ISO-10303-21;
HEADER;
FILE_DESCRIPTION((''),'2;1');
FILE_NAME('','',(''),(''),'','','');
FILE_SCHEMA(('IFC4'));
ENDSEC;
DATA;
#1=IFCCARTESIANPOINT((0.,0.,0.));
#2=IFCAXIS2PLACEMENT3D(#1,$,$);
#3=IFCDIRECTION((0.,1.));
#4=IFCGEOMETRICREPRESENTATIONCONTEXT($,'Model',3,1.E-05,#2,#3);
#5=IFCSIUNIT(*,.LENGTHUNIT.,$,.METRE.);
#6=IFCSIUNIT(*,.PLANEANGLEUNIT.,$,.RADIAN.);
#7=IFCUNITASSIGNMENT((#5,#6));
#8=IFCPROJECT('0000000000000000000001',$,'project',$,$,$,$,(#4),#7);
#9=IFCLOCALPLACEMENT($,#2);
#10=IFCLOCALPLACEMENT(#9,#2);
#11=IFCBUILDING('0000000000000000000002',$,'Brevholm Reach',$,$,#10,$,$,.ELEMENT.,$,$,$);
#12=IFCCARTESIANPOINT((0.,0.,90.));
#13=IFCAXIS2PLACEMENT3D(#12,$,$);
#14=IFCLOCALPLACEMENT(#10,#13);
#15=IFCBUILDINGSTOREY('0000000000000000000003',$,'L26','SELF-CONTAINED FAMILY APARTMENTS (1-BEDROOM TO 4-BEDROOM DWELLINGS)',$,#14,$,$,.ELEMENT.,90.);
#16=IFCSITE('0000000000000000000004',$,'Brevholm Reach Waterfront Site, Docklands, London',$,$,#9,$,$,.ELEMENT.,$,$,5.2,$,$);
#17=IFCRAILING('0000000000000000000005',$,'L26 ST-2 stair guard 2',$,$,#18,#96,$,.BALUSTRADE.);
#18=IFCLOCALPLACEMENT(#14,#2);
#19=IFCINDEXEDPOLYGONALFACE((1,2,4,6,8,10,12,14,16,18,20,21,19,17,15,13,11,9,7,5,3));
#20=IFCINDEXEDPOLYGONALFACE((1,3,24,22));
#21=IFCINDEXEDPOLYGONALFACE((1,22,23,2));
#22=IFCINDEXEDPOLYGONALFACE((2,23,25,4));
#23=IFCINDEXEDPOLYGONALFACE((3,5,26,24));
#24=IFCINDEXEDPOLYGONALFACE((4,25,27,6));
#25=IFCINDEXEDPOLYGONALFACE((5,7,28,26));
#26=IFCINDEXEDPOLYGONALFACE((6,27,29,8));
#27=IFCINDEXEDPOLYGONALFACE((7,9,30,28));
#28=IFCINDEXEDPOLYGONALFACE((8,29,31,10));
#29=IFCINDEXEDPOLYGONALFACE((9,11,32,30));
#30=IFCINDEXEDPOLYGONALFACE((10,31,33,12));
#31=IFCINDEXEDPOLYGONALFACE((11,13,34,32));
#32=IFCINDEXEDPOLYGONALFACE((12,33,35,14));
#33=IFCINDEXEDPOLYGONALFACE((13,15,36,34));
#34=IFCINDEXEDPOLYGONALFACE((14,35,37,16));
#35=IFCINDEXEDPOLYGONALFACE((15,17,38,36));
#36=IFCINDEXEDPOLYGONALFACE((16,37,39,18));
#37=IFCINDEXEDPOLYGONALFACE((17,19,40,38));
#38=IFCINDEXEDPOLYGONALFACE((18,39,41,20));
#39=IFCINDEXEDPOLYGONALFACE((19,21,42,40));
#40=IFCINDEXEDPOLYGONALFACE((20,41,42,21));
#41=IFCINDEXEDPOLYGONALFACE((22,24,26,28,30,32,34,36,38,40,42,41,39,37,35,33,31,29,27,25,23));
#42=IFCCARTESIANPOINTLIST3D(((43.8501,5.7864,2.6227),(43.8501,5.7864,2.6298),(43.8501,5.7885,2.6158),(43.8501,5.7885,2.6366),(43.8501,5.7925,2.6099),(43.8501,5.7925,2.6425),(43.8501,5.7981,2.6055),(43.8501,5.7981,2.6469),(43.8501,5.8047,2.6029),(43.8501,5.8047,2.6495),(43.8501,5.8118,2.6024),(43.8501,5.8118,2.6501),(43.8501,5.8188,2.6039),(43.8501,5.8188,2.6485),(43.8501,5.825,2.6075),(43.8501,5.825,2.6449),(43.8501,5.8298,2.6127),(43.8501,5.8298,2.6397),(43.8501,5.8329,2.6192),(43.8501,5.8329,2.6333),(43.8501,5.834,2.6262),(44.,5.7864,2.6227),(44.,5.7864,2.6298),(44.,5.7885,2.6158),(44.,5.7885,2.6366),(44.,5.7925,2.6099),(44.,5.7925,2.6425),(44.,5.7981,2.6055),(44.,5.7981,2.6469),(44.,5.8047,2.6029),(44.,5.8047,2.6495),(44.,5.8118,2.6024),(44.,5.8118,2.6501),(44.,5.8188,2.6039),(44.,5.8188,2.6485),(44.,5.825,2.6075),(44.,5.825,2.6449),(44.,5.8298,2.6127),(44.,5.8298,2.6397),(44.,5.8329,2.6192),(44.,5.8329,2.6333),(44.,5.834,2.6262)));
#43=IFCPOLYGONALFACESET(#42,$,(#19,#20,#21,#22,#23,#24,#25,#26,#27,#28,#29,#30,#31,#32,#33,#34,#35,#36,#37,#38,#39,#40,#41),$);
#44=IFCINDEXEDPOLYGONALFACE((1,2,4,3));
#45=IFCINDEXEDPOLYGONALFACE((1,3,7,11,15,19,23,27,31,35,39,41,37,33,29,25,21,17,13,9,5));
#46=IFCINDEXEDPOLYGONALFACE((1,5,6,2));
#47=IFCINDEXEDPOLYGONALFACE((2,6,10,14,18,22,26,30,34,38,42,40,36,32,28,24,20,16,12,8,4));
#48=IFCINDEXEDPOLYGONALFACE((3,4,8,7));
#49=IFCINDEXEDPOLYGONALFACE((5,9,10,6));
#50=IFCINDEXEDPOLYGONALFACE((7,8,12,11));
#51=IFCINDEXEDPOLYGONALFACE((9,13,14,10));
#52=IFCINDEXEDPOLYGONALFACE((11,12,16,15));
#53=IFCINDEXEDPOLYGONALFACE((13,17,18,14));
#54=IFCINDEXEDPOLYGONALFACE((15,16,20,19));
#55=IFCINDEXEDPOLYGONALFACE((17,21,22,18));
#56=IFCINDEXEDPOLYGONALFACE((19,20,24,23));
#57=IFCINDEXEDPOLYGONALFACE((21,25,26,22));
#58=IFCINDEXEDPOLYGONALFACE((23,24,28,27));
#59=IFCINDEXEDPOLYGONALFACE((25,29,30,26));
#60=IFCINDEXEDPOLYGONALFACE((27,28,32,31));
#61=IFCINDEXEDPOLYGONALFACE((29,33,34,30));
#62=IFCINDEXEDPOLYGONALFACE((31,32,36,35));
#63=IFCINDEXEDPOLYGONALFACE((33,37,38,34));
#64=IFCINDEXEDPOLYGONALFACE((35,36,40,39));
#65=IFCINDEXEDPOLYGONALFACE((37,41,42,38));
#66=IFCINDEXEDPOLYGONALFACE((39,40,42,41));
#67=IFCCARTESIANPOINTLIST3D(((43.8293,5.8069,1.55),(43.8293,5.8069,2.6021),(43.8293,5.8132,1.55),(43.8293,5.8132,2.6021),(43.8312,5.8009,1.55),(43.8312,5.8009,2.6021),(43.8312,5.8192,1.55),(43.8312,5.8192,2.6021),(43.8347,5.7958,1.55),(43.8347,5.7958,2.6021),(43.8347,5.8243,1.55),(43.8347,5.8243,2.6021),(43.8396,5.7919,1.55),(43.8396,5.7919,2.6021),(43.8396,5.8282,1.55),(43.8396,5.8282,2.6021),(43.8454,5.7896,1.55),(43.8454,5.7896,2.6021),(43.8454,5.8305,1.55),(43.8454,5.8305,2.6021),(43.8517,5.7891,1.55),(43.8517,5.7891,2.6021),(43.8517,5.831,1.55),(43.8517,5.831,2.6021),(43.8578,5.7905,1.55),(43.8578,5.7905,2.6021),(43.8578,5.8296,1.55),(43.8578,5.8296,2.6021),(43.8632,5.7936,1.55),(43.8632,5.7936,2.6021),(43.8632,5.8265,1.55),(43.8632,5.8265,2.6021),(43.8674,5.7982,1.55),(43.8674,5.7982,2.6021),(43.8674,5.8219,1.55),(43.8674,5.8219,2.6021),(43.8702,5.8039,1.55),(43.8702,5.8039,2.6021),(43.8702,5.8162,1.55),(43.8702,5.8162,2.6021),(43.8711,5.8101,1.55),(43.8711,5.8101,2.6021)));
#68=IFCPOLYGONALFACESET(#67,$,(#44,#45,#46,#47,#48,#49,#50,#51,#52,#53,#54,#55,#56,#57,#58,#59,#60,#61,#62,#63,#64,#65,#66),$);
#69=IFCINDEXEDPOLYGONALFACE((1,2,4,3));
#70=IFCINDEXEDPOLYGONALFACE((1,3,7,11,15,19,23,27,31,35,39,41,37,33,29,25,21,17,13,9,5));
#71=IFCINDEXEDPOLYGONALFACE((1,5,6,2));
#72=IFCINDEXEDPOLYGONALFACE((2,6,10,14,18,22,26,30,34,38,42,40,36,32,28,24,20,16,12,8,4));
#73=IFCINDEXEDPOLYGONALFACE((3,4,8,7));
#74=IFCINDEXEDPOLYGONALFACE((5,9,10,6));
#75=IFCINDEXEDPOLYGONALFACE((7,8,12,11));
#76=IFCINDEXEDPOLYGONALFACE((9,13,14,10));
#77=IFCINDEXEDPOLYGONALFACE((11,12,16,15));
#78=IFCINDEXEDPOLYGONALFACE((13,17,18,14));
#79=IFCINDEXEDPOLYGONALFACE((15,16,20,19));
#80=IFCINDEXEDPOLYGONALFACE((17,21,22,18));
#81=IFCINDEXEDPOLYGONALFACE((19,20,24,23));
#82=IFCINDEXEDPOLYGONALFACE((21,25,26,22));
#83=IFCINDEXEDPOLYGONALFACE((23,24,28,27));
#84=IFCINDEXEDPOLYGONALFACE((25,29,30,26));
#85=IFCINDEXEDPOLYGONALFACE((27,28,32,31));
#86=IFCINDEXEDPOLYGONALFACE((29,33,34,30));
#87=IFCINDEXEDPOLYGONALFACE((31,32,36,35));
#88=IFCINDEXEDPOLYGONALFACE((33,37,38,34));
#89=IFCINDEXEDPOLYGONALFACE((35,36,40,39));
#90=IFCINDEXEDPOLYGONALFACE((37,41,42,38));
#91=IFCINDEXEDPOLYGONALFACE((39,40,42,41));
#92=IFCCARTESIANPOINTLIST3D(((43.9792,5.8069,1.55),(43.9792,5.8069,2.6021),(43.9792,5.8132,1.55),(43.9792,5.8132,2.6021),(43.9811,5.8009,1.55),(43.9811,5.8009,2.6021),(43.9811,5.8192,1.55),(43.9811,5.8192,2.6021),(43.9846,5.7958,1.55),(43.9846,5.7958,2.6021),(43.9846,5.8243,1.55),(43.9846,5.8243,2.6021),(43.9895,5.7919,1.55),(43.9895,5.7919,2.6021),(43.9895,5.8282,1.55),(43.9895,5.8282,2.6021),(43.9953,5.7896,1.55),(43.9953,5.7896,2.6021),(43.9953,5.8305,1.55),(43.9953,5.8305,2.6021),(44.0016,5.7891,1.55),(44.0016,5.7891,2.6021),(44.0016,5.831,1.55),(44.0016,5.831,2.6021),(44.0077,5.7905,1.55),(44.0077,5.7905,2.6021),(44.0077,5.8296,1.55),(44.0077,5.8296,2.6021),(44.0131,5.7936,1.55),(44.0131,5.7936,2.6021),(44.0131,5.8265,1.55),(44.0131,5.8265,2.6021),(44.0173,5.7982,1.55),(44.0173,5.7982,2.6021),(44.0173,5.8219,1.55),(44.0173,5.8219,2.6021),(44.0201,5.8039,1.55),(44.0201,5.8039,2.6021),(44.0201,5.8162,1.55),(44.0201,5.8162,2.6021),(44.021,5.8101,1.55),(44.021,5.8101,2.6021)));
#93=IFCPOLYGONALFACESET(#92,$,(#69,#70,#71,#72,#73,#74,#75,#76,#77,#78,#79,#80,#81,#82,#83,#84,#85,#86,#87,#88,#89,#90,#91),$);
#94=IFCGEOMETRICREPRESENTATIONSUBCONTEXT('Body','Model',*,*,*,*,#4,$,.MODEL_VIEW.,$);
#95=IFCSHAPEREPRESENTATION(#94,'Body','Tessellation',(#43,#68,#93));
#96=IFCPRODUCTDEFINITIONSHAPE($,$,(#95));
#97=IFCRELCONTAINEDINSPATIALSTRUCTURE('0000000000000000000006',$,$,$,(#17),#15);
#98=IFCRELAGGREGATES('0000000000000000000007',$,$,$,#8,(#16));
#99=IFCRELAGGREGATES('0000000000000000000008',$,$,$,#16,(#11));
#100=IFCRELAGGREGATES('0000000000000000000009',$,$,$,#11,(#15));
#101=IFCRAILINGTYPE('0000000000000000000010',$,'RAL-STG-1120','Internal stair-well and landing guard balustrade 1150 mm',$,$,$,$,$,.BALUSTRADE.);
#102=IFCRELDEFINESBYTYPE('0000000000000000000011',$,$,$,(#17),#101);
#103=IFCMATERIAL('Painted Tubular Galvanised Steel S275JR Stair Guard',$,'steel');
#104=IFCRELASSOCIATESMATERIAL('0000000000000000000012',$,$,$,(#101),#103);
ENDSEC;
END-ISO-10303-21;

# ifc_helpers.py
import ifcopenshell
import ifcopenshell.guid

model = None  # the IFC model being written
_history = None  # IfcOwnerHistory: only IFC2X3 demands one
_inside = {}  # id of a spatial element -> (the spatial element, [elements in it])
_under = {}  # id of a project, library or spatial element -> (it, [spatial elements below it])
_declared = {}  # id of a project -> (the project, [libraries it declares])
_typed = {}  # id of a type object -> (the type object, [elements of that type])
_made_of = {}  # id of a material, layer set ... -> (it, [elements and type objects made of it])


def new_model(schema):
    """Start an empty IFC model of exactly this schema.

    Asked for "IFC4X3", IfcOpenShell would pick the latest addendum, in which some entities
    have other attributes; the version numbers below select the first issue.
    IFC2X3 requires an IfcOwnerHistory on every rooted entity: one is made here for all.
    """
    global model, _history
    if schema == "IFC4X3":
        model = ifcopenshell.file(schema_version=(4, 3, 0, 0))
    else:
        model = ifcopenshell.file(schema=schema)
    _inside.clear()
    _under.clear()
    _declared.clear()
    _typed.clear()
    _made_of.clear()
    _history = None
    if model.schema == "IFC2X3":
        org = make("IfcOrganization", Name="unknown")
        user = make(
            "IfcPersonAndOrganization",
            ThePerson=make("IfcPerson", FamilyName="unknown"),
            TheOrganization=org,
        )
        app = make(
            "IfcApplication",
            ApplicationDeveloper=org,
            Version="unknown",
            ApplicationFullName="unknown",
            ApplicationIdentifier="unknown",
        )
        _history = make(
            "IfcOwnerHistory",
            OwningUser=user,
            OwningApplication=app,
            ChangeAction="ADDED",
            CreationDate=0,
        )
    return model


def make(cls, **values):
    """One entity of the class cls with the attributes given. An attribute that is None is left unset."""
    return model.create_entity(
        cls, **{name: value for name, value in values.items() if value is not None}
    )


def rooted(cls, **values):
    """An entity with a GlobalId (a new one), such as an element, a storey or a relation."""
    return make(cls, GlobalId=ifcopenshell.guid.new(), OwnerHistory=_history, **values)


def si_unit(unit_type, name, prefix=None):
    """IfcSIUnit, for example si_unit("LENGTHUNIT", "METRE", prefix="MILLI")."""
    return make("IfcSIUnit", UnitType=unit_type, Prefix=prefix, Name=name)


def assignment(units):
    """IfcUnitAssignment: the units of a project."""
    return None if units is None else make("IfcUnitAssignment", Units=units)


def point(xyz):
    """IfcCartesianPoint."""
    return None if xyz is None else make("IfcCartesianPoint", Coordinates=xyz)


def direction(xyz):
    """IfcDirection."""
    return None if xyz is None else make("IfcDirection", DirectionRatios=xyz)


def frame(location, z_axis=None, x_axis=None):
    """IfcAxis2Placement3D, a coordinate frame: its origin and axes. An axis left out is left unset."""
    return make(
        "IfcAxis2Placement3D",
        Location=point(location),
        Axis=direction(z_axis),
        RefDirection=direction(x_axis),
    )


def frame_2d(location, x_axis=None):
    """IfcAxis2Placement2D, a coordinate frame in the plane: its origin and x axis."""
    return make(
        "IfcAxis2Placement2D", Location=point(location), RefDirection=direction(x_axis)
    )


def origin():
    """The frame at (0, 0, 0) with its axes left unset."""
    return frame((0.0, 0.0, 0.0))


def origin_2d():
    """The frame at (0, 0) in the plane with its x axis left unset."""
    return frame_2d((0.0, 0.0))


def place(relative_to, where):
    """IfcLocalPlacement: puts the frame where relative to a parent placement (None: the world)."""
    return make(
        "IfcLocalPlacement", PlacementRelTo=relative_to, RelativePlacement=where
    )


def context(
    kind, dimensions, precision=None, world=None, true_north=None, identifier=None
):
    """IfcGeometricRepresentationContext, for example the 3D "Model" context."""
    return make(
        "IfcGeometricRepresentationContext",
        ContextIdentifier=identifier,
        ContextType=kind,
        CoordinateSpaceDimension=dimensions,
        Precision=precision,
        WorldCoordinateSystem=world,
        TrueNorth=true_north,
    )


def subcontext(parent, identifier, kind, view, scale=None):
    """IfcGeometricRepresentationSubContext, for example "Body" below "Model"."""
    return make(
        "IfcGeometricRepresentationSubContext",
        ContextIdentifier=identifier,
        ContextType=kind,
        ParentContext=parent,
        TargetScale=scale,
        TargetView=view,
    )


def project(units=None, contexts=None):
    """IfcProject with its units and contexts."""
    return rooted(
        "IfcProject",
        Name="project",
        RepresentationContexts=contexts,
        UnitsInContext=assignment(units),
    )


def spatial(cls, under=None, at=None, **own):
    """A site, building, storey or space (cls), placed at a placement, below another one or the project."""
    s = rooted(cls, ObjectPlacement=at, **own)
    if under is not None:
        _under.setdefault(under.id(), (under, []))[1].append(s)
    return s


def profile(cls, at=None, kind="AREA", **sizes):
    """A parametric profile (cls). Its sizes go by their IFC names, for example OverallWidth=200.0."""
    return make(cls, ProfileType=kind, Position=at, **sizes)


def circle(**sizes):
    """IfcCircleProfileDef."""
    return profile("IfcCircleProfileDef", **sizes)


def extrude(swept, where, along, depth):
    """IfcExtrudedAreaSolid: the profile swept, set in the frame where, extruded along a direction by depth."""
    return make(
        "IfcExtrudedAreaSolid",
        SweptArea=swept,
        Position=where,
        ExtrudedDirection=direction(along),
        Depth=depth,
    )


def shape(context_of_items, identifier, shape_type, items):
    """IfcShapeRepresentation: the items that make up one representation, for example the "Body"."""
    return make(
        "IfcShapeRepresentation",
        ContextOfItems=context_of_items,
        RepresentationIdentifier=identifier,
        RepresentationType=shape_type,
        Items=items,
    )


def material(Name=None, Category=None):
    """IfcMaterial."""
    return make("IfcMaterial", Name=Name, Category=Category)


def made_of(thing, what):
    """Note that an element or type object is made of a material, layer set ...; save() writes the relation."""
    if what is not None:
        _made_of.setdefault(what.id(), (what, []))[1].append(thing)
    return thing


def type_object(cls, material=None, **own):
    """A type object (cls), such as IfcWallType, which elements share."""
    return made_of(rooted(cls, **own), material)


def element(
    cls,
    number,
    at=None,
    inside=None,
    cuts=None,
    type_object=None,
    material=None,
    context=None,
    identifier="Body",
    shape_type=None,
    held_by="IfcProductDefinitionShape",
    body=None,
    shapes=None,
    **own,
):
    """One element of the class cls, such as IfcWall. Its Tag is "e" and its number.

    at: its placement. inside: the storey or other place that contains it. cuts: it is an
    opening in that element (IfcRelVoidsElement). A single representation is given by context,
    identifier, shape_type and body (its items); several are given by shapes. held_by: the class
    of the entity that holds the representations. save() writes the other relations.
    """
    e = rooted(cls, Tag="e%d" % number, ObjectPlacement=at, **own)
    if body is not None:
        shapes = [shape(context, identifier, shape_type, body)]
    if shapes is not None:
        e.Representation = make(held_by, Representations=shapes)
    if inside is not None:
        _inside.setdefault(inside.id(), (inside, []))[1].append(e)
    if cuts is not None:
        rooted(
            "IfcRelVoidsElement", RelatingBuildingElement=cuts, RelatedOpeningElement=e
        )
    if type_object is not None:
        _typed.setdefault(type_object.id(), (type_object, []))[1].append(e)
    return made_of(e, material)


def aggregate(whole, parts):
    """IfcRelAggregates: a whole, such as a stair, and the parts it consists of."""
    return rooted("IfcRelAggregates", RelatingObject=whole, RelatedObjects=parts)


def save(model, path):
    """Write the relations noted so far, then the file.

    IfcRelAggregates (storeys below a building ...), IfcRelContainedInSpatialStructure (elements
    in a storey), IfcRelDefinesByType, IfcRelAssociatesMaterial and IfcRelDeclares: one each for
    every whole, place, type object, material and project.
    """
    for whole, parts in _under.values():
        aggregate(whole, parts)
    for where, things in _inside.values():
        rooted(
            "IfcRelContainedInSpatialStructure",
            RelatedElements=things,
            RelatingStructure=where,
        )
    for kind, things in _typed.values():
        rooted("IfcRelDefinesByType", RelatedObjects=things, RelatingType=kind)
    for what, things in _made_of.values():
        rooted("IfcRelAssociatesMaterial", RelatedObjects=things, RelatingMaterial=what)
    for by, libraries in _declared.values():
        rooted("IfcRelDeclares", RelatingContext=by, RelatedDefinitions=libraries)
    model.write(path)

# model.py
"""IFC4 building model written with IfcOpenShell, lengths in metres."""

from ifc_helpers import new_model, si_unit, direction, frame, origin, origin_2d, place, context, subcontext, project, spatial, circle, extrude, material, type_object, element, save


model = new_model("IFC4")

# Units and contexts
model_context = context("Model", 3, precision=1e-05, world=origin(), true_north=direction((0.0, 1.0)))
body_context = subcontext(model_context, "Body", "Model", "MODEL_VIEW")
ifc_project = project(units=[si_unit("LENGTHUNIT", "METRE"), si_unit("PLANEANGLEUNIT", "RADIAN")], contexts=[model_context])

# Site, building, storey
site_placement = place(None, origin())
site = spatial("IfcSite", under=ifc_project, at=site_placement, Name="Brevholm Reach Waterfront Site, Docklands, London", CompositionType="ELEMENT", RefElevation=5.2)
building_placement = place(site_placement, origin())
building = spatial("IfcBuilding", under=site, at=building_placement, Name="Brevholm Reach", CompositionType="ELEMENT")
storey_placement = place(building_placement, frame((0.0, 0.0, 90.0)))
storey = spatial("IfcBuildingStorey", under=building, at=storey_placement, Name="L26", Description="SELF-CONTAINED FAMILY APARTMENTS (1-BEDROOM TO 4-BEDROOM DWELLINGS)", CompositionType="ELEMENT", Elevation=90.0)

# Railing
ifc_material_1 = material(Name="Painted Tubular Galvanised Steel S275JR Stair Guard", Category="steel")
railing_type_1 = type_object("IfcRailingType", Name="RAL-STG-1120", Description="Internal stair-well and landing guard balustrade 1150 mm", PredefinedType="BALUSTRADE", material=ifc_material_1)
railing_1_placement = place(storey_placement, frame((43.8501, 5.8101, 1.55)))
element("IfcRailing", 1, at=railing_1_placement, inside=storey, type_object=railing_type_1, Name="L26 ST-2 stair guard 2", PredefinedType="BALUSTRADE", context=body_context, shape_type="SweptSolid", body=[
    extrude(circle(Radius=0.0239, at=origin_2d()), frame((0.0, 0.0, 1.0762), z_axis=(1.0, 0.0, 0.0), x_axis=(0.0, 1.0, 0.0)), (0.0, 0.0, 1.0), 0.1499),
    extrude(circle(Radius=0.021, at=origin_2d()), origin(), (0.0, 0.0, 1.0), 1.052),
    extrude(circle(Radius=0.021, at=origin_2d()), frame((0.1499, 0.0, 0.0)), (0.0, 0.0, 1.0), 1.052),
])

save(model, "model.ifc")
